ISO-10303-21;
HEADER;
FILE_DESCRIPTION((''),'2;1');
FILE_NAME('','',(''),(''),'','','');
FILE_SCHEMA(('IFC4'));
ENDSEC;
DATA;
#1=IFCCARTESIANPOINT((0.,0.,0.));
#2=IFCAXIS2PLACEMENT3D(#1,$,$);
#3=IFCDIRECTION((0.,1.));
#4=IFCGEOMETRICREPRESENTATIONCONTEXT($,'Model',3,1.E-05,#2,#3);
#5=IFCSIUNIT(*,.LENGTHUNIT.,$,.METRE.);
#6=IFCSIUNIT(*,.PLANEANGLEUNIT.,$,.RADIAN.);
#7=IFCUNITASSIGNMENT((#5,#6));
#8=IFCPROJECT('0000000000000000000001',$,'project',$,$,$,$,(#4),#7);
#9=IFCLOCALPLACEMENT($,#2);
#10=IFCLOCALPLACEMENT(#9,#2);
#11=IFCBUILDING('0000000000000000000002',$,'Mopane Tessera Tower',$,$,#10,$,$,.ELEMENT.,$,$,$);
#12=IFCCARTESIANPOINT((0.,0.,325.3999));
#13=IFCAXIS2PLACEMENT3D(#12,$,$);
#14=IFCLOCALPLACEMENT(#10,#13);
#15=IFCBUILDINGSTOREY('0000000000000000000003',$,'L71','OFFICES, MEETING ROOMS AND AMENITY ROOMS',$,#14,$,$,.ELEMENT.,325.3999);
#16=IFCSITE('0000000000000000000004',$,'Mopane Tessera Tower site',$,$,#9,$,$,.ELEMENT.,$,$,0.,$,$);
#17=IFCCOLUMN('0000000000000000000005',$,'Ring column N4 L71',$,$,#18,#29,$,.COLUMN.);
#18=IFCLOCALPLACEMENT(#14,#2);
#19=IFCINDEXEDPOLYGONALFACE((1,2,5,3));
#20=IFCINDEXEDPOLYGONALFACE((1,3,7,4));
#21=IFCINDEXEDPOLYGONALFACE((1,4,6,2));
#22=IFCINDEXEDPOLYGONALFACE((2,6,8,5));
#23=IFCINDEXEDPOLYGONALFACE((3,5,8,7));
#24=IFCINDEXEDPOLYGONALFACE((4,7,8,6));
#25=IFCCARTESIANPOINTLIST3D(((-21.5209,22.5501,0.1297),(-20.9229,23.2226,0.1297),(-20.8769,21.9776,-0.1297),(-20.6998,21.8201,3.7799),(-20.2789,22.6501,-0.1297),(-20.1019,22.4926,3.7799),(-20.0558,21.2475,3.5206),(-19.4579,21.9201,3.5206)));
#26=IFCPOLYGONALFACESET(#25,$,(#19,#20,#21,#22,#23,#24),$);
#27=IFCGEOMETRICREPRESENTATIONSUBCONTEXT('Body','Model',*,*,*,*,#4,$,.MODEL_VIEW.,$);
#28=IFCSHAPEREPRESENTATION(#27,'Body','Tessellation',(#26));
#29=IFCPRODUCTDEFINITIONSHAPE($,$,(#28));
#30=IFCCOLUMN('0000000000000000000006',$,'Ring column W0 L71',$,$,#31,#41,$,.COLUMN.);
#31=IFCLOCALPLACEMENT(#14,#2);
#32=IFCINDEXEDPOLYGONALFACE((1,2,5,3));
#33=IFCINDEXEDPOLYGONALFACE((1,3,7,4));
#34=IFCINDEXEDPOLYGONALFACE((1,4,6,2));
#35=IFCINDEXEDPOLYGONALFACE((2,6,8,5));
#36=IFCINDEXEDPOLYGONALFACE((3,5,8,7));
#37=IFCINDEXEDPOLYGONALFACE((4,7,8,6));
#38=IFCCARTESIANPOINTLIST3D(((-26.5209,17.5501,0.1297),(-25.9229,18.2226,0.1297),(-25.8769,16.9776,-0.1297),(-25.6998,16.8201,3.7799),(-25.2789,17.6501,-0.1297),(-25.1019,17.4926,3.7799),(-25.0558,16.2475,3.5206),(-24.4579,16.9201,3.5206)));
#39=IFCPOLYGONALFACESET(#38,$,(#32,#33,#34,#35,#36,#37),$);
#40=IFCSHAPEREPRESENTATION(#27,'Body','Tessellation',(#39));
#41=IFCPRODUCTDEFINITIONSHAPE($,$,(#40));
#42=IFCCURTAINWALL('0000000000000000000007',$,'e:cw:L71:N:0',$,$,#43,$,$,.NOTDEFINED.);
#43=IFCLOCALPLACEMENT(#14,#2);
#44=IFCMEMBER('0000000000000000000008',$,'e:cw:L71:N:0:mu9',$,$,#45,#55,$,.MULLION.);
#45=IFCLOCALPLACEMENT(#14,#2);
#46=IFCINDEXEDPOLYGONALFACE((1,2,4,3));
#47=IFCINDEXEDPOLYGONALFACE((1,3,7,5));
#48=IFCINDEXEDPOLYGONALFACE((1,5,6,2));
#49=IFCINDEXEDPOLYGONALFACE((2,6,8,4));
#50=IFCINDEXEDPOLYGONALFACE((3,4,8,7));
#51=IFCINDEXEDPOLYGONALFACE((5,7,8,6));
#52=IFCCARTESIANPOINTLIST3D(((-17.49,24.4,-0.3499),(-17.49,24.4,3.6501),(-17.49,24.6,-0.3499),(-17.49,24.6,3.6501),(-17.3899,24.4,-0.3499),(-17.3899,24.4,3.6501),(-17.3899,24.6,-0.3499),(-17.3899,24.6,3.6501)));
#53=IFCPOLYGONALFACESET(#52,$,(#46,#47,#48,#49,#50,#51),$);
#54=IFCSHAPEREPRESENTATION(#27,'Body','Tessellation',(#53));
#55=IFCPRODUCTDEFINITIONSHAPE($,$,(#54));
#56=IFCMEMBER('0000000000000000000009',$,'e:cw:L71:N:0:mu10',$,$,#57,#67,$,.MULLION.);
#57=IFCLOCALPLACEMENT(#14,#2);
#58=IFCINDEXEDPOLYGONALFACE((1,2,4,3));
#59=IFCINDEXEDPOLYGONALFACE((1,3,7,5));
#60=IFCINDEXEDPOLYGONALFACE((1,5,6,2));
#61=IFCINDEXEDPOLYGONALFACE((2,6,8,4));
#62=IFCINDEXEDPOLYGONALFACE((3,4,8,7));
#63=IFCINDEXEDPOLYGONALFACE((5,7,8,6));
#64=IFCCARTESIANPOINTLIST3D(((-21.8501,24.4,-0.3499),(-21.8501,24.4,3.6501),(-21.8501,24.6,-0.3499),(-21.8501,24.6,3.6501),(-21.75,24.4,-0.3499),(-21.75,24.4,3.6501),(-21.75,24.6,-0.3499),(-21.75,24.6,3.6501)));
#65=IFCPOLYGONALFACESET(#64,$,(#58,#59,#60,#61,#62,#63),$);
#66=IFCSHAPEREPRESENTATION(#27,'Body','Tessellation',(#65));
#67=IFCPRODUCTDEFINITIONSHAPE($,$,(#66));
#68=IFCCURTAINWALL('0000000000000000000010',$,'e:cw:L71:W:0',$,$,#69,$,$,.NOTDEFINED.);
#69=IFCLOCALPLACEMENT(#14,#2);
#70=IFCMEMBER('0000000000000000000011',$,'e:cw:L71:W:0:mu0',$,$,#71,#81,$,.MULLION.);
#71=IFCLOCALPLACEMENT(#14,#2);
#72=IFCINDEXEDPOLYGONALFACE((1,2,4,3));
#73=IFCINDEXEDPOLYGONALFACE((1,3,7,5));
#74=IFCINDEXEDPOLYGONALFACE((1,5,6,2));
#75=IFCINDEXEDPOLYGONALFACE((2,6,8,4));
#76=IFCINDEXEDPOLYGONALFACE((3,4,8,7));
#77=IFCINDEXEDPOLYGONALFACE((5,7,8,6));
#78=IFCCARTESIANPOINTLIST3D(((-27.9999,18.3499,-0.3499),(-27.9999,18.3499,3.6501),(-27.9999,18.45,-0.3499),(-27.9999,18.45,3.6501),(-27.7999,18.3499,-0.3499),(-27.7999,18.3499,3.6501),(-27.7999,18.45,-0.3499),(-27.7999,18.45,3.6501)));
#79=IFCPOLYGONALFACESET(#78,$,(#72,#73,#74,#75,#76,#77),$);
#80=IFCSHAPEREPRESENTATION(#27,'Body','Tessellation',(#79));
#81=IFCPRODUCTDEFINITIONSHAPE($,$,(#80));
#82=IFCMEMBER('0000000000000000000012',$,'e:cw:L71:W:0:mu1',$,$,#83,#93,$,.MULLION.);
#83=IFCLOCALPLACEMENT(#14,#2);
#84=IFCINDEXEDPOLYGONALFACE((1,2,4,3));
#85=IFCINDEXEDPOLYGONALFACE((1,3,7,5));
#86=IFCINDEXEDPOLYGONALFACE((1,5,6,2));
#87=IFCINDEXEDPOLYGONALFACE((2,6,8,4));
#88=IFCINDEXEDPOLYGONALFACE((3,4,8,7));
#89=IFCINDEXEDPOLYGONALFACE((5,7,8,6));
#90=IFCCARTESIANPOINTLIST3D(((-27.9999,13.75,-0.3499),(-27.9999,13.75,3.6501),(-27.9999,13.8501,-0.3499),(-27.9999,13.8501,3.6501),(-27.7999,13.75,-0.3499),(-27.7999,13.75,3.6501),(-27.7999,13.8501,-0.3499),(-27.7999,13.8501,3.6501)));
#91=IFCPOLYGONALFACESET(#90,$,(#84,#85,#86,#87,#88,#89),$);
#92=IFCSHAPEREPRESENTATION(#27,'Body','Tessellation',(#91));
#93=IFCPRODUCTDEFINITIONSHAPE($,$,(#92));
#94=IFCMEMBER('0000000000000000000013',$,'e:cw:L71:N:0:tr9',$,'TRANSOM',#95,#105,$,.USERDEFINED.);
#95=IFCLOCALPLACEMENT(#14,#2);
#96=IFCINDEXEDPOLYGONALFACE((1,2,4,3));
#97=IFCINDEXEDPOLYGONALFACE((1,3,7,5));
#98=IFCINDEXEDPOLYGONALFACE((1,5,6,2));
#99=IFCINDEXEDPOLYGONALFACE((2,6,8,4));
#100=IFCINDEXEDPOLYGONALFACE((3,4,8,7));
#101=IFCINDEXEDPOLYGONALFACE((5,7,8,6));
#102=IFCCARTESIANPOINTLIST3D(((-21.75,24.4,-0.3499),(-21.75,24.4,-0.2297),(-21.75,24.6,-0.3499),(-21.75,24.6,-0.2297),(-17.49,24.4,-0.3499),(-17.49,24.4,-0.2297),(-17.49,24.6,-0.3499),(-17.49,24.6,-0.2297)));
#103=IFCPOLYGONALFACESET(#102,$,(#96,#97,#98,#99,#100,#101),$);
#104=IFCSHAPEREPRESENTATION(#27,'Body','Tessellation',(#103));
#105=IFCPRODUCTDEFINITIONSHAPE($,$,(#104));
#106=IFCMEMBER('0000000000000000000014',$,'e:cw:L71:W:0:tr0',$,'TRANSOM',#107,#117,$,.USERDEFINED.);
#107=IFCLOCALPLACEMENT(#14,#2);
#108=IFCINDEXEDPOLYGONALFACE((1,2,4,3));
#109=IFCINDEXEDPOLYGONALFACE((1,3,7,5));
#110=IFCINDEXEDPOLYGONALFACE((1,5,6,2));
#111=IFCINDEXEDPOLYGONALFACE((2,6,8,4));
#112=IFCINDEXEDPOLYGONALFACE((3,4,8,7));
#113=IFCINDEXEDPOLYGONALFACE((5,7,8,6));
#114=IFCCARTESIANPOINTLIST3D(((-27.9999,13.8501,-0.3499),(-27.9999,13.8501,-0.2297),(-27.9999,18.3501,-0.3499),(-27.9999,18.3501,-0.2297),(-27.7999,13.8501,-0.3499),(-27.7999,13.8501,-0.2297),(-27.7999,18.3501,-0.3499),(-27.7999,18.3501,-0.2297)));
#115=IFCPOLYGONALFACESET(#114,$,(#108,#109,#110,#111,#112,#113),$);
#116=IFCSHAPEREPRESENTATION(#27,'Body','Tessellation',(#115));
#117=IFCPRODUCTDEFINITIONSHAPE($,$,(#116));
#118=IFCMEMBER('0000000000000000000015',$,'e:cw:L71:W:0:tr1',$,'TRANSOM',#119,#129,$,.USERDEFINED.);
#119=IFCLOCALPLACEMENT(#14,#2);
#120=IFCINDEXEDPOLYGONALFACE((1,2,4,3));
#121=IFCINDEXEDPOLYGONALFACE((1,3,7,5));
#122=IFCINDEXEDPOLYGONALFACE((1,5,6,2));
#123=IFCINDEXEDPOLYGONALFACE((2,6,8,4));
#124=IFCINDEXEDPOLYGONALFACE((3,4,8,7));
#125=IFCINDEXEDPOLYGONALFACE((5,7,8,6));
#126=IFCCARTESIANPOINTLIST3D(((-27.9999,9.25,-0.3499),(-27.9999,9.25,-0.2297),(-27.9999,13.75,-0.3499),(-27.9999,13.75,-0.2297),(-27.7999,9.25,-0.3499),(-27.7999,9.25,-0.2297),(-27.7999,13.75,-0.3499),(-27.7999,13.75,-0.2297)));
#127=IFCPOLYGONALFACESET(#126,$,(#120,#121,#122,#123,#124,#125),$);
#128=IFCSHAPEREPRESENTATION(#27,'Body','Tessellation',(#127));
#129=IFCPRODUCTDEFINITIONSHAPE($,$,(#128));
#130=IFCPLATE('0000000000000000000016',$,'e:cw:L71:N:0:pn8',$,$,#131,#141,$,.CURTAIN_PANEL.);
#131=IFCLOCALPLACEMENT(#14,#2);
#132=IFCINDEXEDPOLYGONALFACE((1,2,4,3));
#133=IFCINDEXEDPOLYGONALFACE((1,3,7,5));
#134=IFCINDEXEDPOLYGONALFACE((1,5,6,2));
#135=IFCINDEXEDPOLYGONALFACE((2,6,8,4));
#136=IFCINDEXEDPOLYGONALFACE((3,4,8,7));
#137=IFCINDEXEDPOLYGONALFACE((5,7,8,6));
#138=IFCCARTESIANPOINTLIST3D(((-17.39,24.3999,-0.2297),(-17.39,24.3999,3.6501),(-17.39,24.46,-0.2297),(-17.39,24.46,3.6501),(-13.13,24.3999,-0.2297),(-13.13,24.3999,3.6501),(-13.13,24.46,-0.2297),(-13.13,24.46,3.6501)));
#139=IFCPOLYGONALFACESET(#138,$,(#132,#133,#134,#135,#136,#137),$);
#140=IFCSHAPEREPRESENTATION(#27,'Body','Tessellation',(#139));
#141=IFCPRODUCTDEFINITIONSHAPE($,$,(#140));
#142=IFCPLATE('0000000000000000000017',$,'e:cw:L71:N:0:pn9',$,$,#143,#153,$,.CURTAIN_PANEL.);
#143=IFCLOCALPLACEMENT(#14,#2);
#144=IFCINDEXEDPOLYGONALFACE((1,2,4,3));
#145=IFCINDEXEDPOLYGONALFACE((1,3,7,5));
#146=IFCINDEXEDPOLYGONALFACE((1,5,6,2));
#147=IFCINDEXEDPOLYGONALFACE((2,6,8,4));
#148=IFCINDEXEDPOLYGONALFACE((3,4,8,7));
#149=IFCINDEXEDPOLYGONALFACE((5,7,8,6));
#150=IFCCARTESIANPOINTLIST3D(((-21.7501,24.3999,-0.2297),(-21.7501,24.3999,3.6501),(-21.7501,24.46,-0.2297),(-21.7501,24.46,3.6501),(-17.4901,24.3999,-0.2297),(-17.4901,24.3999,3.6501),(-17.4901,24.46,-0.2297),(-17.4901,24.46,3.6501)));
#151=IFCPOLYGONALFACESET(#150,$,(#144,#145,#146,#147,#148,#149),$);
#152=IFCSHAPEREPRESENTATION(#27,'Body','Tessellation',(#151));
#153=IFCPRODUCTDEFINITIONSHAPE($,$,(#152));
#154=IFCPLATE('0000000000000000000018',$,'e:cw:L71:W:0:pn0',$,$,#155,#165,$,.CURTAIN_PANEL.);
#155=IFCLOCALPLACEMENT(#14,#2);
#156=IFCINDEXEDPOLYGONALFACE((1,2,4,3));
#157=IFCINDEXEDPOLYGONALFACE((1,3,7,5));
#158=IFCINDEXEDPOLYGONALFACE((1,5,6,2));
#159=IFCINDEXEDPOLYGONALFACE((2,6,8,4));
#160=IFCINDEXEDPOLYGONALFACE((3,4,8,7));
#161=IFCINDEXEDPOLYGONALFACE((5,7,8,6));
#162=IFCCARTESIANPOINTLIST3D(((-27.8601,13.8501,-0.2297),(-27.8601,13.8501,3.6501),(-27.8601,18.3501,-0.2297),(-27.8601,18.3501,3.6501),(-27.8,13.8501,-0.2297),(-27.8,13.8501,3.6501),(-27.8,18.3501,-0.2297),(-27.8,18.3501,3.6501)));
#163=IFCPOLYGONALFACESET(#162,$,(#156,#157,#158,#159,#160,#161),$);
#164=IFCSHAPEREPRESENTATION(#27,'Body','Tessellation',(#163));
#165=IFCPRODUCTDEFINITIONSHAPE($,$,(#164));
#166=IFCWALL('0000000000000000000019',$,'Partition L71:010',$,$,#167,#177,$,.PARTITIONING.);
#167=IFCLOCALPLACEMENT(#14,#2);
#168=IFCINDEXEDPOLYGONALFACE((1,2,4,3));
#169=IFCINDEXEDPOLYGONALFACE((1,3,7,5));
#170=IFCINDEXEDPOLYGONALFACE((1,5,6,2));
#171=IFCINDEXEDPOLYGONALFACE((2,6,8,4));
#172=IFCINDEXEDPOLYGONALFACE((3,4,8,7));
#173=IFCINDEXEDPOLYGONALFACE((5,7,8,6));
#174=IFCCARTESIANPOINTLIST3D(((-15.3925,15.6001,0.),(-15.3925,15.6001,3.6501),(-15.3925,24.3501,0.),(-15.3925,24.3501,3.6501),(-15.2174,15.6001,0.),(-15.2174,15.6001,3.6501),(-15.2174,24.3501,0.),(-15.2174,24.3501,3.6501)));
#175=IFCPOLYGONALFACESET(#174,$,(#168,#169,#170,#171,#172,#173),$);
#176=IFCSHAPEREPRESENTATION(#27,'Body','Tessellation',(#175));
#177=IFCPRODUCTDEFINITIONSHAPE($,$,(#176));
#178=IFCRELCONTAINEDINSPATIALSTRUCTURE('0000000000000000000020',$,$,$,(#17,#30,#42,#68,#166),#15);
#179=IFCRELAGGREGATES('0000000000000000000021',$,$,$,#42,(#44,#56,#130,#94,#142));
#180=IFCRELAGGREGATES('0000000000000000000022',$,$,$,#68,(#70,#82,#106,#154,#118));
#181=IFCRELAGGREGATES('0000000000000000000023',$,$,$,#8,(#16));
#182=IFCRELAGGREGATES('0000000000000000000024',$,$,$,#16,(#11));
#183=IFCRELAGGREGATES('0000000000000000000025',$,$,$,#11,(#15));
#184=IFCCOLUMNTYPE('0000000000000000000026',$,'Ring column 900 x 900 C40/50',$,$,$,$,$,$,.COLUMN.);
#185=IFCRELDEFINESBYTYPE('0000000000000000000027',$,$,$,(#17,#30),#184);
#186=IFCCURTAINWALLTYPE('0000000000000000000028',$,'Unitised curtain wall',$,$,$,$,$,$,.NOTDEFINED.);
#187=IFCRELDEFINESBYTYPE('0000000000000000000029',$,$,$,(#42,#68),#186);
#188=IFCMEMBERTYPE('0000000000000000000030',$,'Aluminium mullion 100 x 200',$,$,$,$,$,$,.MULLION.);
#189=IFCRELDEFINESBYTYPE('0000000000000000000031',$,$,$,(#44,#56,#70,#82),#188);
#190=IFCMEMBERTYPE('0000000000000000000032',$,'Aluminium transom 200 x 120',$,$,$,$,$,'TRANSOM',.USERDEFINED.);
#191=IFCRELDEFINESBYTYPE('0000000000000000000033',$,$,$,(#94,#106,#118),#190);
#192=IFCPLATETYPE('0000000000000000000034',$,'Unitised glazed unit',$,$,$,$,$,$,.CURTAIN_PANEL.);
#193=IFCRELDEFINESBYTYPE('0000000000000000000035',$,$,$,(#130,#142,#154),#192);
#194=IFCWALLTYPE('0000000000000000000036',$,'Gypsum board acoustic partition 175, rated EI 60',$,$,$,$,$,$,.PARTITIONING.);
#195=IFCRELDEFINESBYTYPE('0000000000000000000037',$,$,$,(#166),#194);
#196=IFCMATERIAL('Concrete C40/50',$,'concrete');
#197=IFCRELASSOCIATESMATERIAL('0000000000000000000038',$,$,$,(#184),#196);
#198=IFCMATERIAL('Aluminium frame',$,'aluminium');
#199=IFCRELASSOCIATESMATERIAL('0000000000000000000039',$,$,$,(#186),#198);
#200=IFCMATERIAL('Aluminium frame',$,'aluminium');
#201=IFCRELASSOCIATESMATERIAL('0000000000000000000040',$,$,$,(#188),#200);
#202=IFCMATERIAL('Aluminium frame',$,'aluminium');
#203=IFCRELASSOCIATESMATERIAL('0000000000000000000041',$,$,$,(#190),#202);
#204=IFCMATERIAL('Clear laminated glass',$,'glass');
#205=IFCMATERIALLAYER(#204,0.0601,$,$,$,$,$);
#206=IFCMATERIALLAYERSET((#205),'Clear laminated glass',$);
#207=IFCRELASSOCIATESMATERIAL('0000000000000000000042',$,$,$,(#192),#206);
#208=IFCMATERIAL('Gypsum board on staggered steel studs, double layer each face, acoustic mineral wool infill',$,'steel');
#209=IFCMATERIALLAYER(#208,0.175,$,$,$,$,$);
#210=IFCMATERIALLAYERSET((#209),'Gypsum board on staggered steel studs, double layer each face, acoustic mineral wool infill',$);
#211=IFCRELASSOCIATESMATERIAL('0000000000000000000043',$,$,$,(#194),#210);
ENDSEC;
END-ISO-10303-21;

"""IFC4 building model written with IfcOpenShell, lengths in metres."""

from ifc_helpers import new_model, si_unit, direction, frame, frame_2d, origin, origin_2d, place, context, subcontext, project, spatial, rectangle, extrude, material, layer, layer_set, material_profile, profile_set, type_object, element, aggregate, save


model = new_model("IFC4")

# Units and contexts
model_context = context("Model", 3, precision=1e-05, world=origin(), true_north=direction((0.0, 1.0)))
body_context = subcontext(model_context, "Body", "Model", "MODEL_VIEW")
ifc_project = project(units=[si_unit("LENGTHUNIT", "METRE"), si_unit("PLANEANGLEUNIT", "RADIAN")], contexts=[model_context])

# Site, building, storey
site_placement = place(None, origin())
site = spatial("IfcSite", under=ifc_project, at=site_placement, Name="Mopane Tessera Tower site", CompositionType="ELEMENT", RefElevation=0.0)
building_placement = place(site_placement, origin())
building = spatial("IfcBuilding", under=site, at=building_placement, Name="Mopane Tessera Tower", CompositionType="ELEMENT")
storey_placement = place(building_placement, frame((0.0, 0.0, 325.3999)))
storey = spatial("IfcBuildingStorey", under=building, at=storey_placement, Name="L71", Description="OFFICES, MEETING ROOMS AND AMENITY ROOMS", CompositionType="ELEMENT", Elevation=325.3999)

# Columns
ifc_material_1 = material(Name="Concrete C40/50", Category="concrete")
ifc_material_profile_1 = material_profile(ifc_material_1, rectangle(XDim=0.8999, YDim=0.8999, at=origin_2d()))
ifc_profile_set_1 = profile_set([ifc_material_profile_1], Name="Concrete C40/50")
column_type = type_object("IfcColumnType", Name="Ring column 900 x 900 C40/50", PredefinedType="COLUMN", material=ifc_profile_set_1)
for number, where, z_axis, x_axis, name in (
    (1, (-20.8999, 22.6001, 0.0), (0.21539, -0.191501, 0.957567), (0.664447, 0.747336, 0.0), "Ring column N4 L71"),
    (2, (-25.8999, 17.6001, 0.0), (0.21539, -0.191501, 0.957567), (0.664447, 0.747336, 0.0), "Ring column W0 L71"),
):
    element("IfcColumn", number, at=place(storey_placement, frame(where, z_axis=z_axis, x_axis=x_axis)), inside=storey, type_object=column_type, Name=name, PredefinedType="COLUMN", context=body_context, shape_type="SweptSolid", body=[
        extrude(rectangle(XDim=0.8999, YDim=0.8999, at=origin_2d()), origin(), (0.0, 0.0, 1.0), 3.812),
    ])

# Curtain walls, members
ifc_material_2 = material(Name="Aluminium frame", Category="aluminium")
curtain_wall_type = type_object("IfcCurtainWallType", Name="Unitised curtain wall", PredefinedType="NOTDEFINED", material=ifc_material_2)
curtain_wall_1_placement = place(storey_placement, origin())
curtain_wall_1 = element("IfcCurtainWall", 3, at=curtain_wall_1_placement, inside=storey, type_object=curtain_wall_type, Name="e:cw:L71:N:0", PredefinedType="NOTDEFINED")
ifc_material_3 = material(Name="Aluminium frame", Category="aluminium")
ifc_material_profile_2 = material_profile(ifc_material_3, rectangle(XDim=0.1001, YDim=0.2, at=origin_2d()))
ifc_profile_set_2 = profile_set([ifc_material_profile_2], Name="Aluminium frame")
member_type_1 = type_object("IfcMemberType", Name="Aluminium mullion 100 x 200", PredefinedType="MULLION", material=ifc_profile_set_2)
member_1_placement = place(storey_placement, frame((-17.4399, 24.5, -0.3499), z_axis=(0.0, 0.0, 1.0), x_axis=(-1.0, 0.0, 0.0)))
member_1 = element("IfcMember", 4, at=member_1_placement, type_object=member_type_1, Name="e:cw:L71:N:0:mu9", PredefinedType="MULLION", context=body_context, shape_type="SweptSolid", body=[
    extrude(rectangle(XDim=0.1001, YDim=0.2, at=origin_2d()), origin(), (0.0, 0.0, 1.0), 4.0),
])
member_2_placement = place(storey_placement, frame((-21.8, 24.5, -0.3499), z_axis=(0.0, 0.0, 1.0), x_axis=(-1.0, 0.0, 0.0)))
member_2 = element("IfcMember", 5, at=member_2_placement, type_object=member_type_1, Name="e:cw:L71:N:0:mu10", PredefinedType="MULLION", context=body_context, shape_type="SweptSolid", body=[
    extrude(rectangle(XDim=0.1001, YDim=0.2, at=origin_2d()), origin(), (0.0, 0.0, 1.0), 4.0),
])
curtain_wall_2_placement = place(storey_placement, origin())
curtain_wall_2 = element("IfcCurtainWall", 6, at=curtain_wall_2_placement, inside=storey, type_object=curtain_wall_type, Name="e:cw:L71:W:0", PredefinedType="NOTDEFINED")
member_3_placement = place(storey_placement, frame((-27.8999, 18.3999, -0.3499), z_axis=(0.0, 0.0, 1.0), x_axis=(0.0, -1.0, 0.0)))
member_3 = element("IfcMember", 7, at=member_3_placement, type_object=member_type_1, Name="e:cw:L71:W:0:mu0", PredefinedType="MULLION", context=body_context, shape_type="SweptSolid", body=[
    extrude(rectangle(XDim=0.1001, YDim=0.2, at=origin_2d()), origin(), (0.0, 0.0, 1.0), 4.0),
])
member_4_placement = place(storey_placement, frame((-27.8999, 13.8, -0.3499), z_axis=(0.0, 0.0, 1.0), x_axis=(0.0, -1.0, 0.0)))
member_4 = element("IfcMember", 8, at=member_4_placement, type_object=member_type_1, Name="e:cw:L71:W:0:mu1", PredefinedType="MULLION", context=body_context, shape_type="SweptSolid", body=[
    extrude(rectangle(XDim=0.1001, YDim=0.2, at=origin_2d()), origin(), (0.0, 0.0, 1.0), 4.0),
])

# Members
ifc_material_4 = material(Name="Aluminium frame", Category="aluminium")
ifc_material_profile_3 = material_profile(ifc_material_4, rectangle(XDim=0.2, YDim=0.1201, at=origin_2d()))
ifc_profile_set_3 = profile_set([ifc_material_profile_3], Name="Aluminium frame")
member_type_2 = type_object("IfcMemberType", Name="Aluminium transom 200 x 120", ElementType="TRANSOM", PredefinedType="USERDEFINED", material=ifc_profile_set_3)
member_5_placement = place(storey_placement, frame((-17.49, 24.5, -0.2898), z_axis=(-1.0, 0.0, 0.0), x_axis=(0.0, -1.0, 0.0)))
member_5 = element("IfcMember", 9, at=member_5_placement, type_object=member_type_2, Name="e:cw:L71:N:0:tr9", ObjectType="TRANSOM", PredefinedType="USERDEFINED", context=body_context, shape_type="SweptSolid", body=[
    extrude(rectangle(XDim=0.2, YDim=0.1201, at=origin_2d()), origin(), (0.0, 0.0, 1.0), 4.26),
])
member_6_placement = place(storey_placement, frame((-27.8999, 18.3501, -0.2898), z_axis=(0.0, -1.0, 0.0), x_axis=(1.0, 0.0, 0.0)))
member_6 = element("IfcMember", 10, at=member_6_placement, type_object=member_type_2, Name="e:cw:L71:W:0:tr0", ObjectType="TRANSOM", PredefinedType="USERDEFINED", context=body_context, shape_type="SweptSolid", body=[
    extrude(rectangle(XDim=0.2, YDim=0.1201, at=origin_2d()), origin(), (0.0, 0.0, 1.0), 4.5),
])
member_7_placement = place(storey_placement, frame((-27.8999, 13.75, -0.2898), z_axis=(0.0, -1.0, 0.0), x_axis=(1.0, 0.0, 0.0)))
member_7 = element("IfcMember", 11, at=member_7_placement, type_object=member_type_2, Name="e:cw:L71:W:0:tr1", ObjectType="TRANSOM", PredefinedType="USERDEFINED", context=body_context, shape_type="SweptSolid", body=[
    extrude(rectangle(XDim=0.2, YDim=0.1201, at=origin_2d()), origin(), (0.0, 0.0, 1.0), 4.5),
])

# Plates
ifc_material_5 = material(Name="Clear laminated glass", Category="glass")
ifc_layer_1 = layer(ifc_material_5, 0.0601)
ifc_layer_set_1 = layer_set([ifc_layer_1], Name="Clear laminated glass")
plate_type = type_object("IfcPlateType", Name="Unitised glazed unit", PredefinedType="CURTAIN_PANEL", material=ifc_layer_set_1)
plate_1_placement = place(storey_placement, frame((-15.26, 24.4299, -0.2297), z_axis=(0.0, 0.0, 1.0), x_axis=(-1.0, 0.0, 0.0)))
plate_1 = element("IfcPlate", 12, at=plate_1_placement, type_object=plate_type, Name="e:cw:L71:N:0:pn8", PredefinedType="CURTAIN_PANEL", context=body_context, shape_type="SweptSolid", body=[
    extrude(rectangle(XDim=4.26, YDim=0.0601, at=origin_2d()), origin(), (0.0, 0.0, 1.0), 3.8799),
])
plate_2_placement = place(storey_placement, frame((-19.6201, 24.4299, -0.2297), z_axis=(0.0, 0.0, 1.0), x_axis=(-1.0, 0.0, 0.0)))
plate_2 = element("IfcPlate", 13, at=plate_2_placement, type_object=plate_type, Name="e:cw:L71:N:0:pn9", PredefinedType="CURTAIN_PANEL", context=body_context, shape_type="SweptSolid", body=[
    extrude(rectangle(XDim=4.26, YDim=0.0601, at=origin_2d()), origin(), (0.0, 0.0, 1.0), 3.8799),
])
aggregate(curtain_wall_1, [member_1, member_2, plate_1, member_5, plate_2])
plate_3_placement = place(storey_placement, frame((-27.8301, 16.1001, -0.2297), z_axis=(0.0, 0.0, 1.0), x_axis=(0.0, -1.0, 0.0)))
plate_3 = element("IfcPlate", 14, at=plate_3_placement, type_object=plate_type, Name="e:cw:L71:W:0:pn0", PredefinedType="CURTAIN_PANEL", context=body_context, shape_type="SweptSolid", body=[
    extrude(rectangle(XDim=4.5, YDim=0.0601, at=origin_2d()), origin(), (0.0, 0.0, 1.0), 3.8799),
])
aggregate(curtain_wall_2, [member_3, member_4, member_6, plate_3, member_7])

# Wall
ifc_material_6 = material(Name="Gypsum board on staggered steel studs, double layer each face, acoustic mineral wool infill", Category="steel")
ifc_layer_2 = layer(ifc_material_6, 0.175)
ifc_layer_set_2 = layer_set([ifc_layer_2], Name="Gypsum board on staggered steel studs, double layer each face, acoustic mineral wool infill")
wall_type_1 = type_object("IfcWallType", Name="Gypsum board acoustic partition 175, rated EI 60", PredefinedType="PARTITIONING", material=ifc_layer_set_2)
wall_1_placement = place(storey_placement, frame((-15.3049, 15.6001, 0.0), z_axis=(0.0, 0.0, 1.0), x_axis=(0.0, 1.0, 0.0)))
element("IfcWall", 15, at=wall_1_placement, inside=storey, type_object=wall_type_1, Name="Partition L71:010", PredefinedType="PARTITIONING", context=body_context, shape_type="SweptSolid", body=[
    extrude(rectangle(XDim=8.75, YDim=0.175, at=frame_2d((4.375, 0.0))), origin(), (0.0, 0.0, 1.0), 3.6501),
])

save(model, "model.ifc")
